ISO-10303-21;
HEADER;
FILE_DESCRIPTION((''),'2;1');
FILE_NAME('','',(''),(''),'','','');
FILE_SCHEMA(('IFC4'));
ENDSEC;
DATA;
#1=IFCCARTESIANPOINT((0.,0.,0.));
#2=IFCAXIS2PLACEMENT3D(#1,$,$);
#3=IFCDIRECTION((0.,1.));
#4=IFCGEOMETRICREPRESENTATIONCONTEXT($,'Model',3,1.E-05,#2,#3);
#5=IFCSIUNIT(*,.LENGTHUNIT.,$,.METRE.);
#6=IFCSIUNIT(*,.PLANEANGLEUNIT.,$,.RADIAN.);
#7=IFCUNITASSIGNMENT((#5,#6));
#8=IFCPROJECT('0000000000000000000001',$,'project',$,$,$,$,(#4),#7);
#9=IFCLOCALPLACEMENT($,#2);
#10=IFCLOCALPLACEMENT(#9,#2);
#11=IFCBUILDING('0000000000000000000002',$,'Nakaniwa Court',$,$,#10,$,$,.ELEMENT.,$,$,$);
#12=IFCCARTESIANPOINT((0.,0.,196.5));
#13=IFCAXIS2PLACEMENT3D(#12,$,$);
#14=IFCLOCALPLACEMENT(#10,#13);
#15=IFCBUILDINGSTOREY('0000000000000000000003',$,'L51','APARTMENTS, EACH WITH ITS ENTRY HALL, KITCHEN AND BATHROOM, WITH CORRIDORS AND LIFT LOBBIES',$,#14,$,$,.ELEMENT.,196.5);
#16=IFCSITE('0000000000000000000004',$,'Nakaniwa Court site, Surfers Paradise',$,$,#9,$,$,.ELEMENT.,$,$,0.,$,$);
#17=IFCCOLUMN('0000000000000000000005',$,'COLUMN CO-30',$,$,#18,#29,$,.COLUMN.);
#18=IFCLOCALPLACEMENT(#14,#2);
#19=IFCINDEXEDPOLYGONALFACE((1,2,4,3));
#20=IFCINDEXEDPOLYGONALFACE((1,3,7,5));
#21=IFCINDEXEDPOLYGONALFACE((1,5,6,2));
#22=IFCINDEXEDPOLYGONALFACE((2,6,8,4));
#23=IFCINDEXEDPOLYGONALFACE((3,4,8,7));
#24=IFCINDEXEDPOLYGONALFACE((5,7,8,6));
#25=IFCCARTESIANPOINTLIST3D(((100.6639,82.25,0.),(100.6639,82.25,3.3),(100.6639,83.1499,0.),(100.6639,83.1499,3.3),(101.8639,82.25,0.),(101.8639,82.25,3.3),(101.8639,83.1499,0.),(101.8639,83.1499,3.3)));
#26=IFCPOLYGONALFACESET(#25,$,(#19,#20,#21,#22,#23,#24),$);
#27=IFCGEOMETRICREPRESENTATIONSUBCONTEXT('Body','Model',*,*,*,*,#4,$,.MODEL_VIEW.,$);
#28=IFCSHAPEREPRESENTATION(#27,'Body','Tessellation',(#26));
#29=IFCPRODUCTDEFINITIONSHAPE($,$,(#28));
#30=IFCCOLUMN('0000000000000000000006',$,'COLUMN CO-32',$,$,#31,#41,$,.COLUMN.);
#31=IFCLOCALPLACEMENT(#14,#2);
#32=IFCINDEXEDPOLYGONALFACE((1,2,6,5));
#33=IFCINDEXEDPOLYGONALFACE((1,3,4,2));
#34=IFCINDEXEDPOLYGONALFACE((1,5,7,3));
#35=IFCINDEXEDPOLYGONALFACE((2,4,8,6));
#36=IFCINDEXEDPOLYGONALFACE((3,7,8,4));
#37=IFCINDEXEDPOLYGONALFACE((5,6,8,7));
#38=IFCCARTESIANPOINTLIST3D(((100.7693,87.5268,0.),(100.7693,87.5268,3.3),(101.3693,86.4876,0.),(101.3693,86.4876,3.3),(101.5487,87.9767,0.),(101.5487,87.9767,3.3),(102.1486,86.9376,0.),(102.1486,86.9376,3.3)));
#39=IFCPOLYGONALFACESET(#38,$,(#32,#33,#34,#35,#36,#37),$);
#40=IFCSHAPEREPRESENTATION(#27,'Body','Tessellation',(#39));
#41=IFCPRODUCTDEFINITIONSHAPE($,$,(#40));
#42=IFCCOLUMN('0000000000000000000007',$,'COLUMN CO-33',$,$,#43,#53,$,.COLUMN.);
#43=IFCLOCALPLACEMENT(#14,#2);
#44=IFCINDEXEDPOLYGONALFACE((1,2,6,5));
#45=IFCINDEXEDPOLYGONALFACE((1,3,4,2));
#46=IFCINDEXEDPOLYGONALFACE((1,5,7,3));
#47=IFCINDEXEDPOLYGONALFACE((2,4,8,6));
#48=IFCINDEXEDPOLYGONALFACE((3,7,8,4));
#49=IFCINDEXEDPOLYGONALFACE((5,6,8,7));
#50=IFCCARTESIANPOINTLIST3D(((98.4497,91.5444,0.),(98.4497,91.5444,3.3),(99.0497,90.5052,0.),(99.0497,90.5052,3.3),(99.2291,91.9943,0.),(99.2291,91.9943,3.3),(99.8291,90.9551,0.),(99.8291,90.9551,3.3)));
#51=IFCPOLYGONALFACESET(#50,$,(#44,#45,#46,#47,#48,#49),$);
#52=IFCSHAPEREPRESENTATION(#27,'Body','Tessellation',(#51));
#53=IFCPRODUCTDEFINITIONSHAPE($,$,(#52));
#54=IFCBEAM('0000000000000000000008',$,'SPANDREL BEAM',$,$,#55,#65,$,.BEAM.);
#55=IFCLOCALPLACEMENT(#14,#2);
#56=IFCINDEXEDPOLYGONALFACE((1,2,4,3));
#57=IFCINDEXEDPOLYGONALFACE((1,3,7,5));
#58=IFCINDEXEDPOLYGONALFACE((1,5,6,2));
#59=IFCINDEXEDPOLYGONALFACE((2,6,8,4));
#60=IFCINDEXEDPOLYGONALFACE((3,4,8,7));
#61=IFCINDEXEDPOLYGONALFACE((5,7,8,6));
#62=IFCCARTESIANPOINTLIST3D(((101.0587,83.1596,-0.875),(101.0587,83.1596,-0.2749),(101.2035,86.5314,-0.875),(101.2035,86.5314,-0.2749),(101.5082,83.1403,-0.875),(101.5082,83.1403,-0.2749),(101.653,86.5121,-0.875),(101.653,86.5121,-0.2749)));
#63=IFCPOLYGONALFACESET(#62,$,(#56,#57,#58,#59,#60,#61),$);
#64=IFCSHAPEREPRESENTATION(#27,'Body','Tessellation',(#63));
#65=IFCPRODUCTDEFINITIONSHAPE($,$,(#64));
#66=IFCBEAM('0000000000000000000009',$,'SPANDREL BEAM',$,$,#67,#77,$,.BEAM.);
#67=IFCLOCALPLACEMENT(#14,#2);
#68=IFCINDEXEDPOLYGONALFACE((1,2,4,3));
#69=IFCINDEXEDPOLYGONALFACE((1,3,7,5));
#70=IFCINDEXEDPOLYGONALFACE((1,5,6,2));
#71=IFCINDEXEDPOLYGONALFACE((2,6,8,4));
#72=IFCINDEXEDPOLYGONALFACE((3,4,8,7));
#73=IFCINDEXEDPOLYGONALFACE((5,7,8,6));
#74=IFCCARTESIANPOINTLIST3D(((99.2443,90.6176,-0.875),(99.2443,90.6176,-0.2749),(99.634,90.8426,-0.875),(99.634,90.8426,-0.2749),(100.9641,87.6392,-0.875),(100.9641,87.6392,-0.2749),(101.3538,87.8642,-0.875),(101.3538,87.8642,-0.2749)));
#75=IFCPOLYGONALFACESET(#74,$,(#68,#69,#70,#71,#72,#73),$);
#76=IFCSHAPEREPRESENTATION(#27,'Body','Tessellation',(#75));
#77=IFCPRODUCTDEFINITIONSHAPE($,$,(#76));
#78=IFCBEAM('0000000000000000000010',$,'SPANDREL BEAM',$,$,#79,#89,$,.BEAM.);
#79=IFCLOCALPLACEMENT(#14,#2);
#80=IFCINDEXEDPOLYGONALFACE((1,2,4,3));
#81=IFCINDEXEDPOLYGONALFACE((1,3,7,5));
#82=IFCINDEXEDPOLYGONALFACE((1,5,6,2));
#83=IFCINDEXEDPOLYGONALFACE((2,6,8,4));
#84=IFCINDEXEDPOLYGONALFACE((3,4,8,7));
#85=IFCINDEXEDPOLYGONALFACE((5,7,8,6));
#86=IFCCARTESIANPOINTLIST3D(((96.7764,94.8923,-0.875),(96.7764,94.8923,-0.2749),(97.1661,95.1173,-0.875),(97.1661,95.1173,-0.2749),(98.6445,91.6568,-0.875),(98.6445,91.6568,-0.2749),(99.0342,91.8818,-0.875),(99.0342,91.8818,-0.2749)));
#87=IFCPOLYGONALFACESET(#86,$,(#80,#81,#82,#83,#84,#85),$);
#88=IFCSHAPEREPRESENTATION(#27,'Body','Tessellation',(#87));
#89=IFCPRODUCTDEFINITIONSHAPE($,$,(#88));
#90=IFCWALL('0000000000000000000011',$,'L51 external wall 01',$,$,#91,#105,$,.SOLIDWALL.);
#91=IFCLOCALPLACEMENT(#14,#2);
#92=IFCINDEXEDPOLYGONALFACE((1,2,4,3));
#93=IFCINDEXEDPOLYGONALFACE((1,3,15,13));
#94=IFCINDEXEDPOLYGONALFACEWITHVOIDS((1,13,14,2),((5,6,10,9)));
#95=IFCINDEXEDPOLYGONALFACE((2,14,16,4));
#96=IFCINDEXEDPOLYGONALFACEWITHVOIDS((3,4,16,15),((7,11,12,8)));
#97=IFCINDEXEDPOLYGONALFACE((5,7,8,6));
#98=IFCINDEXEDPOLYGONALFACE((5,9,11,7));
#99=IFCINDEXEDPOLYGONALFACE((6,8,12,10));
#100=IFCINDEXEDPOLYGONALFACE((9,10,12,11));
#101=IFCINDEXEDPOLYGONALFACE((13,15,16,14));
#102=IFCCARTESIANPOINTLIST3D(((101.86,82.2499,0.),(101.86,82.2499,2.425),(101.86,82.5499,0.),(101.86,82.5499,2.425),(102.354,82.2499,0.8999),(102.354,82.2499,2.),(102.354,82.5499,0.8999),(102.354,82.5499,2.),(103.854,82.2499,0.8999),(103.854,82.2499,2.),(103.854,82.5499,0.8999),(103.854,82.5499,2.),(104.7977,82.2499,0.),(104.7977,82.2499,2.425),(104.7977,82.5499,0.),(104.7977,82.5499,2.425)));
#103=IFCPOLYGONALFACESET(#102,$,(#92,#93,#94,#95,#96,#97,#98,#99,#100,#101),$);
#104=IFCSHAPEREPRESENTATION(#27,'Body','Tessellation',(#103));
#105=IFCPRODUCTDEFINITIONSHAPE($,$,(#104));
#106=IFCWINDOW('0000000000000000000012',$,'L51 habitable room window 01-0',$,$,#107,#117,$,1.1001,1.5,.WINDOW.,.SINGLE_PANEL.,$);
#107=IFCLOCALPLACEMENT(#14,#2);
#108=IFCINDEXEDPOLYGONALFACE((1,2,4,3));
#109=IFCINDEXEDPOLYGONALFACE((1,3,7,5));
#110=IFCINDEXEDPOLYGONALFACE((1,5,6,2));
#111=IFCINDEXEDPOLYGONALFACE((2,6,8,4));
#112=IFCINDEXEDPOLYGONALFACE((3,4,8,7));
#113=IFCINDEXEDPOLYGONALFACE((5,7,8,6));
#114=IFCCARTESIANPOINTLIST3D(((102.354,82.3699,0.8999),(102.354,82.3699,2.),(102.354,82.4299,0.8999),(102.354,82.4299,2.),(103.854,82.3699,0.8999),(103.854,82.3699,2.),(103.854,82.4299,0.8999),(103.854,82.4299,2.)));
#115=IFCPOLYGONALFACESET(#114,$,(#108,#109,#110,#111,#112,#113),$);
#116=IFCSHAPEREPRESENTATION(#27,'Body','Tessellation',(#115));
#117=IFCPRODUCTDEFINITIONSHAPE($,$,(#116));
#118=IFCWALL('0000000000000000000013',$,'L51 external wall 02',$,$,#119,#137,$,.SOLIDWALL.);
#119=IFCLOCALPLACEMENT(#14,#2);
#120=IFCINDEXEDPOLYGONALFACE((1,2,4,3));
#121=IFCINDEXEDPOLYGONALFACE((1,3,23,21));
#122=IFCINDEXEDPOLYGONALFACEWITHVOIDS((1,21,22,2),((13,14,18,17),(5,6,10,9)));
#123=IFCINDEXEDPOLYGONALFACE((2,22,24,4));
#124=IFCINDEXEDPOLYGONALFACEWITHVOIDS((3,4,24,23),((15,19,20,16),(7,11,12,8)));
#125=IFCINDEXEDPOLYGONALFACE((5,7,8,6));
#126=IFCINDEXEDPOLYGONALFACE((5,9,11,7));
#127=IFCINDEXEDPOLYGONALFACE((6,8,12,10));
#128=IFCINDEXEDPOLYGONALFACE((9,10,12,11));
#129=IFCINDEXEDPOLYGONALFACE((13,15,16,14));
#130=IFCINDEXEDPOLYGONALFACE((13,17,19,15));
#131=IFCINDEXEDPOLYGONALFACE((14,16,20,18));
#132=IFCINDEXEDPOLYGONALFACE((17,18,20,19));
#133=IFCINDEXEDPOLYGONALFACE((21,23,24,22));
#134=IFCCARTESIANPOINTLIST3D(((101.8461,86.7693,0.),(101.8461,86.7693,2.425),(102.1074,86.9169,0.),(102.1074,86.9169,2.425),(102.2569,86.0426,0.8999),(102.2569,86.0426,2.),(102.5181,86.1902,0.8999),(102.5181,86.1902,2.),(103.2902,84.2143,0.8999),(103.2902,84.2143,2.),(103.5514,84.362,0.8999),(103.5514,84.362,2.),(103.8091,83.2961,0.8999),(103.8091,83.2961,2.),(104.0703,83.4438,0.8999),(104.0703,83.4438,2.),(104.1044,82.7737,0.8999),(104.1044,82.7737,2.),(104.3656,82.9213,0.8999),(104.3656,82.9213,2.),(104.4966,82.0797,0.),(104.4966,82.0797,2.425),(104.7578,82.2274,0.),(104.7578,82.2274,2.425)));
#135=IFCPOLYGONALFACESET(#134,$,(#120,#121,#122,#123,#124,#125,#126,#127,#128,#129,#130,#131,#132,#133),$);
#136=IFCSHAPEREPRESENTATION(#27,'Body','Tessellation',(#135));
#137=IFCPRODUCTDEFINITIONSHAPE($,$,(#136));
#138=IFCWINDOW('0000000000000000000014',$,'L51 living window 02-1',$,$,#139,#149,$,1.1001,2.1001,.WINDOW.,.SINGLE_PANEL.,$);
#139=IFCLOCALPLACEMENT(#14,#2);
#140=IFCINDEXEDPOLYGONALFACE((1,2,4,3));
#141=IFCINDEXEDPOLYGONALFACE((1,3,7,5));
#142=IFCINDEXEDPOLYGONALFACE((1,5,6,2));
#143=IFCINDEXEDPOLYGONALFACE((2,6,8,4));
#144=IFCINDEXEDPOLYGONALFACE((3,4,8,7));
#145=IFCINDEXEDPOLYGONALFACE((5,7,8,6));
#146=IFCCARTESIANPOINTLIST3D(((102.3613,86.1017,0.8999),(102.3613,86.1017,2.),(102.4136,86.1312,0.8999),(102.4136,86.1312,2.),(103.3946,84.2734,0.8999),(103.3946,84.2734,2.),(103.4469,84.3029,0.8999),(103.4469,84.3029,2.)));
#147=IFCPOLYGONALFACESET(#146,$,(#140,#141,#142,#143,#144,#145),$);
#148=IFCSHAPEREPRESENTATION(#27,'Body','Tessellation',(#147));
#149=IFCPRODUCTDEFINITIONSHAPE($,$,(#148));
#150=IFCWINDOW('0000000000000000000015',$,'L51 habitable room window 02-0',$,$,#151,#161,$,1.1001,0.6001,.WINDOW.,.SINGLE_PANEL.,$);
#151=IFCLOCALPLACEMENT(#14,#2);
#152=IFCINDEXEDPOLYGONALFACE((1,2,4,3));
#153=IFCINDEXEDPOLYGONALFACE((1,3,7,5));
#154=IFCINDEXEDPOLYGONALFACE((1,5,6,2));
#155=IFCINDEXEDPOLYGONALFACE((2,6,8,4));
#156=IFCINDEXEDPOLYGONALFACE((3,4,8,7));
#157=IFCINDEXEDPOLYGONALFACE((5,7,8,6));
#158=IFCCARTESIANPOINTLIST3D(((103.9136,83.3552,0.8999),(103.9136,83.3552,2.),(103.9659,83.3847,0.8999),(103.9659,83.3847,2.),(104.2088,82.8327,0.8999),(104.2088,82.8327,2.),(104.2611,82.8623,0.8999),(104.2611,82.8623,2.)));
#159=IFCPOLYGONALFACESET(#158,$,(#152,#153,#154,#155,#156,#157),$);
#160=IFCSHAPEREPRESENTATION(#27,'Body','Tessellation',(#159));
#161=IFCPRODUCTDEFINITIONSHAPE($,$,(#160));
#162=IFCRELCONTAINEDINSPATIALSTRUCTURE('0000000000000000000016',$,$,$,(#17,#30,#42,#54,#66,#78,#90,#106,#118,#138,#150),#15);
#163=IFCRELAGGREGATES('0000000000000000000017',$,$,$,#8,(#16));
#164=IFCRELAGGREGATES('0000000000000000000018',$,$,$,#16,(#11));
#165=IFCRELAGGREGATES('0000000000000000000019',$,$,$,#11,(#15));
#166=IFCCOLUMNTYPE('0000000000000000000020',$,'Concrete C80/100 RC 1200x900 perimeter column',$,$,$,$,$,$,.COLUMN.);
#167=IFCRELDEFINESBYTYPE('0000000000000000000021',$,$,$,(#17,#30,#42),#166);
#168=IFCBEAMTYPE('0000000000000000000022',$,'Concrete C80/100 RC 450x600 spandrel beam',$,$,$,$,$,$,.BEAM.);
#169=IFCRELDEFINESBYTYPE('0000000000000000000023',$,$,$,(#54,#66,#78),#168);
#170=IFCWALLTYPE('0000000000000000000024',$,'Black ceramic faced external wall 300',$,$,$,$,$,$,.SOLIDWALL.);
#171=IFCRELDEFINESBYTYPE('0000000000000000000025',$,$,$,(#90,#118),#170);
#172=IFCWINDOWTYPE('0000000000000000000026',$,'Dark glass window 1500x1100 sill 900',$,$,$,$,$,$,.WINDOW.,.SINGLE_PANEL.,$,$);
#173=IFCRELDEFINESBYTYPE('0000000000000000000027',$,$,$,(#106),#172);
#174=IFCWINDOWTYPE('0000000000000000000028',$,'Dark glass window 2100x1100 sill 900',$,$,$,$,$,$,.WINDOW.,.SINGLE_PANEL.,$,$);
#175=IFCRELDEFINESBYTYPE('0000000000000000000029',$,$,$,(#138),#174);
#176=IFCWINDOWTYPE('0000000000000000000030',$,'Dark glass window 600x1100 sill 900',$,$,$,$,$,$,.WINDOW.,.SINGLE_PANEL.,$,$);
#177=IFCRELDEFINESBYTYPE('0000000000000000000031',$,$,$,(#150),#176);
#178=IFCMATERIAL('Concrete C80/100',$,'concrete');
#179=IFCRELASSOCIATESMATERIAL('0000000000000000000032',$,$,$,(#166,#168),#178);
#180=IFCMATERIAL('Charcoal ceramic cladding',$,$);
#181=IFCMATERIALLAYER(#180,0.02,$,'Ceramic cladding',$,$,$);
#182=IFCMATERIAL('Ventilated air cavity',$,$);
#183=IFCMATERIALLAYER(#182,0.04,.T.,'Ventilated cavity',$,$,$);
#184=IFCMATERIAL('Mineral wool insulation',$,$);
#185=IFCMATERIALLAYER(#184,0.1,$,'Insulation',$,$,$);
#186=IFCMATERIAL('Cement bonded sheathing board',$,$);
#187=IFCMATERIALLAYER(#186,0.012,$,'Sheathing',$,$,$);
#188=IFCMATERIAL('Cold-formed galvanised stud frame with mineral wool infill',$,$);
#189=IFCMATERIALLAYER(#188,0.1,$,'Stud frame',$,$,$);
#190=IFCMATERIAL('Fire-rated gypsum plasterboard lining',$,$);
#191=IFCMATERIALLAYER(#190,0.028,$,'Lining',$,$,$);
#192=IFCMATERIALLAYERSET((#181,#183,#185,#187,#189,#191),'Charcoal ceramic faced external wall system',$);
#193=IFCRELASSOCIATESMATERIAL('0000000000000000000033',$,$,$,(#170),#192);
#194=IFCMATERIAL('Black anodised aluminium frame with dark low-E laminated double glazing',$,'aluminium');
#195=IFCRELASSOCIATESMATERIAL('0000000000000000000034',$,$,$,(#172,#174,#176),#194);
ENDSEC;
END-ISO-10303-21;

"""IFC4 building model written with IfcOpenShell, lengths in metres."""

from ifc_helpers import new_model, si_unit, direction, frame, frame_2d, origin, origin_2d, place, context, subcontext, project, spatial, rectangle, extrude, material, layer, layer_set, material_profile, profile_set, type_object, element, fill, save


model = new_model("IFC4")

# Units and contexts
model_context = context("Model", 3, precision=1e-05, world=origin(), true_north=direction((0.0, 1.0)))
body_context = subcontext(model_context, "Body", "Model", "MODEL_VIEW")
ifc_project = project(units=[si_unit("LENGTHUNIT", "METRE"), si_unit("PLANEANGLEUNIT", "RADIAN")], contexts=[model_context])

# Site, building, storey
site_placement = place(None, origin())
site = spatial("IfcSite", under=ifc_project, at=site_placement, Name="Nakaniwa Court site, Surfers Paradise", CompositionType="ELEMENT", RefElevation=0.0)
building_placement = place(site_placement, origin())
building = spatial("IfcBuilding", under=site, at=building_placement, Name="Nakaniwa Court", CompositionType="ELEMENT")
storey_placement = place(building_placement, frame((0.0, 0.0, 196.5)))
storey = spatial("IfcBuildingStorey", under=building, at=storey_placement, Name="L51", Description="APARTMENTS, EACH WITH ITS ENTRY HALL, KITCHEN AND BATHROOM, WITH CORRIDORS AND LIFT LOBBIES", CompositionType="ELEMENT", Elevation=196.5)

# Columns
ifc_material_1 = material(Name="Concrete C80/100", Category="concrete")
ifc_material_profile_1 = material_profile(ifc_material_1, rectangle(XDim=1.2, YDim=0.8999, at=origin_2d()), Name="Concrete C80/100 RC 1200x900 perimeter column")
ifc_profile_set_1 = profile_set([ifc_material_profile_1], Name="Concrete C80/100")
column_type = type_object("IfcColumnType", Name="Concrete C80/100 RC 1200x900 perimeter column", PredefinedType="COLUMN", material=ifc_profile_set_1)
for number, where, z_axis, x_axis, name in (
    (1, (101.2639, 82.7, 0.0), (0.0, 0.0, 1.0), (1.0, 0.0, 0.0), "COLUMN CO-30"),
    (2, (101.459, 87.2322, 0.0), (0.0, 0.0, 1.0), (-0.5, 0.866025, 0.0), "COLUMN CO-32"),
    (3, (99.1394, 91.2498, 0.0), (0.0, 0.0, 1.0), (-0.5, 0.866025, 0.0), "COLUMN CO-33"),
):
    element("IfcColumn", number, at=place(storey_placement, frame(where, z_axis=z_axis, x_axis=x_axis)), inside=storey, type_object=column_type, Name=name, PredefinedType="COLUMN", context=body_context, shape_type="SweptSolid", body=[
        extrude(rectangle(XDim=1.2, YDim=0.8999, at=origin_2d()), origin(), (0.0, 0.0, 1.0), 3.3),
    ])

# Beams
ifc_material_profile_2 = material_profile(ifc_material_1, rectangle(XDim=0.45, YDim=0.6001, at=origin_2d()), Name="Concrete C80/100 RC 450x600 spandrel beam")
ifc_profile_set_2 = profile_set([ifc_material_profile_2], Name="Concrete C80/100")
beam_type = type_object("IfcBeamType", Name="Concrete C80/100 RC 450x600 spandrel beam", PredefinedType="BEAM", material=ifc_profile_set_2)
beam_1_placement = place(storey_placement, frame((101.2834, 83.1499, -0.575), z_axis=(0.042897, 0.999079, 0.0), x_axis=(-0.999079, 0.042897, 0.0)))
element("IfcBeam", 4, at=beam_1_placement, inside=storey, type_object=beam_type, Name="SPANDREL BEAM", PredefinedType="BEAM", context=body_context, shape_type="SweptSolid", body=[
    extrude(rectangle(XDim=0.45, YDim=0.6001, at=origin_2d()), origin(), (0.0, 0.0, 1.0), 3.375),
])
beam_2_placement = place(storey_placement, frame((101.1589, 87.7517, -0.575), z_axis=(-0.500048, 0.865998, 0.0), x_axis=(-0.865998, -0.500048, 0.0)))
element("IfcBeam", 5, at=beam_2_placement, inside=storey, type_object=beam_type, Name="SPANDREL BEAM", PredefinedType="BEAM", context=body_context, shape_type="SweptSolid", body=[
    extrude(rectangle(XDim=0.45, YDim=0.6001, at=origin_2d()), origin(), (0.0, 0.0, 1.0), 3.4392),
])
beam_3_placement = place(storey_placement, frame((98.8394, 91.7693, -0.575), z_axis=(-0.500018, 0.866015, 0.0), x_axis=(-0.866015, -0.500018, 0.0)))
element("IfcBeam", 6, at=beam_3_placement, inside=storey, type_object=beam_type, Name="SPANDREL BEAM", PredefinedType="BEAM", context=body_context, shape_type="SweptSolid", body=[
    extrude(rectangle(XDim=0.45, YDim=0.6001, at=origin_2d()), origin(), (0.0, 0.0, 1.0), 3.7361),
])

# Wall, opening, window
ifc_material_2 = material(Name="Charcoal ceramic cladding")
ifc_layer_1 = layer(ifc_material_2, 0.02, Name="Ceramic cladding")
ifc_material_3 = material(Name="Ventilated air cavity")
ifc_layer_2 = layer(ifc_material_3, 0.04, ventilated=True, Name="Ventilated cavity")
ifc_material_4 = material(Name="Mineral wool insulation")
ifc_layer_3 = layer(ifc_material_4, 0.1, Name="Insulation")
ifc_material_5 = material(Name="Cement bonded sheathing board")
ifc_layer_4 = layer(ifc_material_5, 0.012, Name="Sheathing")
ifc_material_6 = material(Name="Cold-formed galvanised stud frame with mineral wool infill")
ifc_layer_5 = layer(ifc_material_6, 0.1, Name="Stud frame")
ifc_material_7 = material(Name="Fire-rated gypsum plasterboard lining")
ifc_layer_6 = layer(ifc_material_7, 0.028, Name="Lining")
ifc_layer_set = layer_set([ifc_layer_1, ifc_layer_2, ifc_layer_3, ifc_layer_4, ifc_layer_5, ifc_layer_6], Name="Charcoal ceramic faced external wall system")
wall_type = type_object("IfcWallType", Name="Black ceramic faced external wall 300", PredefinedType="SOLIDWALL", material=ifc_layer_set)
wall_1_placement = place(storey_placement, frame((101.8601, 82.3999, 0.0), z_axis=(0.0, 0.0, 1.0), x_axis=(1.0, 0.0, 0.0)))
wall_1 = element("IfcWall", 7, at=wall_1_placement, inside=storey, type_object=wall_type, Name="L51 external wall 01", PredefinedType="SOLIDWALL", context=body_context, shape_type="SweptSolid", body=[
    extrude(rectangle(XDim=2.9377, YDim=0.3, at=frame_2d((1.4688, 0.0))), origin(), (0.0, 0.0, 1.0), 2.425),
])
opening_1_placement = place(wall_1_placement, frame((0.4939, 0.0, 0.8999)))
opening_1 = element("IfcOpeningElement", 8, at=opening_1_placement, cuts=wall_1, PredefinedType="OPENING", context=body_context, shape_type="SweptSolid", body=[
    extrude(rectangle(XDim=1.5, YDim=1.1001, at=frame_2d((0.75, 0.55))), frame((0.0, 0.1599, 0.0), z_axis=(0.0, -1.0, 0.0), x_axis=(1.0, 0.0, 0.0)), (0.0, 0.0, 1.0), 0.3201),
])
ifc_material_8 = material(Name="Black anodised aluminium frame with dark low-E laminated double glazing", Category="aluminium")
window_type_1 = type_object("IfcWindowType", Name="Dark glass window 1500x1100 sill 900", PartitioningType="SINGLE_PANEL", PredefinedType="WINDOW", material=ifc_material_8)
window_1_placement = place(opening_1_placement, origin())
window_1 = element("IfcWindow", 9, at=window_1_placement, inside=storey, type_object=window_type_1, Name="L51 habitable room window 01-0", OverallHeight=1.1001, OverallWidth=1.5, PartitioningType="SINGLE_PANEL", PredefinedType="WINDOW", context=body_context, shape_type="SweptSolid", body=[
    extrude(rectangle(XDim=1.5, YDim=1.1001, at=frame_2d((0.75, 0.55))), frame((0.0, 0.03, 0.0), z_axis=(0.0, -1.0, 0.0), x_axis=(1.0, 0.0, 0.0)), (0.0, 0.0, 1.0), 0.0601),
])
fill(opening_1, window_1)

# Wall, openings, windows
wall_2_placement = place(storey_placement, frame((104.6272, 82.1536, 0.0), z_axis=(0.0, 0.0, 1.0), x_axis=(-0.492033, 0.870576, 0.0)))
wall_2 = element("IfcWall", 10, at=wall_2_placement, inside=storey, type_object=wall_type, Name="L51 external wall 02", PredefinedType="SOLIDWALL", context=body_context, shape_type="SweptSolid", body=[
    extrude(rectangle(XDim=5.3867, YDim=0.3, at=frame_2d((2.6934, 0.0))), origin(), (0.0, 0.0, 1.0), 2.425),
])
opening_2_placement = place(wall_2_placement, frame((0.7971, 0.0, 0.8999)))
opening_2 = element("IfcOpeningElement", 11, at=opening_2_placement, cuts=wall_2, PredefinedType="OPENING", context=body_context, shape_type="SweptSolid", body=[
    extrude(rectangle(XDim=0.6001, YDim=1.1001, at=frame_2d((0.3, 0.55))), frame((0.0, 0.1599, 0.0), z_axis=(0.0, -1.0, 0.0), x_axis=(1.0, 0.0, 0.0)), (0.0, 0.0, 1.0), 0.3201),
])
opening_3_placement = place(wall_2_placement, frame((2.4519, 0.0, 0.8999)))
opening_3 = element("IfcOpeningElement", 12, at=opening_3_placement, cuts=wall_2, PredefinedType="OPENING", context=body_context, shape_type="SweptSolid", body=[
    extrude(rectangle(XDim=2.1001, YDim=1.1001, at=frame_2d((1.05, 0.55))), frame((0.0, 0.1599, 0.0), z_axis=(0.0, -1.0, 0.0), x_axis=(1.0, 0.0, 0.0)), (0.0, 0.0, 1.0), 0.3201),
])
window_type_2 = type_object("IfcWindowType", Name="Dark glass window 2100x1100 sill 900", PartitioningType="SINGLE_PANEL", PredefinedType="WINDOW", material=ifc_material_8)
window_2_placement = place(opening_3_placement, origin())
window_2 = element("IfcWindow", 13, at=window_2_placement, inside=storey, type_object=window_type_2, Name="L51 living window 02-1", OverallHeight=1.1001, OverallWidth=2.1001, PartitioningType="SINGLE_PANEL", PredefinedType="WINDOW", context=body_context, shape_type="SweptSolid", body=[
    extrude(rectangle(XDim=2.1001, YDim=1.1001, at=frame_2d((1.05, 0.55))), frame((0.0, 0.03, 0.0), z_axis=(0.0, -1.0, 0.0), x_axis=(1.0, 0.0, 0.0)), (0.0, 0.0, 1.0), 0.0601),
])
fill(opening_3, window_2)
window_type_3 = type_object("IfcWindowType", Name="Dark glass window 600x1100 sill 900", PartitioningType="SINGLE_PANEL", PredefinedType="WINDOW", material=ifc_material_8)
window_3_placement = place(opening_2_placement, origin())
window_3 = element("IfcWindow", 14, at=window_3_placement, inside=storey, type_object=window_type_3, Name="L51 habitable room window 02-0", OverallHeight=1.1001, OverallWidth=0.6001, PartitioningType="SINGLE_PANEL", PredefinedType="WINDOW", context=body_context, shape_type="SweptSolid", body=[
    extrude(rectangle(XDim=0.6001, YDim=1.1001, at=frame_2d((0.3, 0.55))), frame((0.0, 0.03, 0.0), z_axis=(0.0, -1.0, 0.0), x_axis=(1.0, 0.0, 0.0)), (0.0, 0.0, 1.0), 0.0601),
])
fill(opening_2, window_3)

save(model, "model.ifc")
